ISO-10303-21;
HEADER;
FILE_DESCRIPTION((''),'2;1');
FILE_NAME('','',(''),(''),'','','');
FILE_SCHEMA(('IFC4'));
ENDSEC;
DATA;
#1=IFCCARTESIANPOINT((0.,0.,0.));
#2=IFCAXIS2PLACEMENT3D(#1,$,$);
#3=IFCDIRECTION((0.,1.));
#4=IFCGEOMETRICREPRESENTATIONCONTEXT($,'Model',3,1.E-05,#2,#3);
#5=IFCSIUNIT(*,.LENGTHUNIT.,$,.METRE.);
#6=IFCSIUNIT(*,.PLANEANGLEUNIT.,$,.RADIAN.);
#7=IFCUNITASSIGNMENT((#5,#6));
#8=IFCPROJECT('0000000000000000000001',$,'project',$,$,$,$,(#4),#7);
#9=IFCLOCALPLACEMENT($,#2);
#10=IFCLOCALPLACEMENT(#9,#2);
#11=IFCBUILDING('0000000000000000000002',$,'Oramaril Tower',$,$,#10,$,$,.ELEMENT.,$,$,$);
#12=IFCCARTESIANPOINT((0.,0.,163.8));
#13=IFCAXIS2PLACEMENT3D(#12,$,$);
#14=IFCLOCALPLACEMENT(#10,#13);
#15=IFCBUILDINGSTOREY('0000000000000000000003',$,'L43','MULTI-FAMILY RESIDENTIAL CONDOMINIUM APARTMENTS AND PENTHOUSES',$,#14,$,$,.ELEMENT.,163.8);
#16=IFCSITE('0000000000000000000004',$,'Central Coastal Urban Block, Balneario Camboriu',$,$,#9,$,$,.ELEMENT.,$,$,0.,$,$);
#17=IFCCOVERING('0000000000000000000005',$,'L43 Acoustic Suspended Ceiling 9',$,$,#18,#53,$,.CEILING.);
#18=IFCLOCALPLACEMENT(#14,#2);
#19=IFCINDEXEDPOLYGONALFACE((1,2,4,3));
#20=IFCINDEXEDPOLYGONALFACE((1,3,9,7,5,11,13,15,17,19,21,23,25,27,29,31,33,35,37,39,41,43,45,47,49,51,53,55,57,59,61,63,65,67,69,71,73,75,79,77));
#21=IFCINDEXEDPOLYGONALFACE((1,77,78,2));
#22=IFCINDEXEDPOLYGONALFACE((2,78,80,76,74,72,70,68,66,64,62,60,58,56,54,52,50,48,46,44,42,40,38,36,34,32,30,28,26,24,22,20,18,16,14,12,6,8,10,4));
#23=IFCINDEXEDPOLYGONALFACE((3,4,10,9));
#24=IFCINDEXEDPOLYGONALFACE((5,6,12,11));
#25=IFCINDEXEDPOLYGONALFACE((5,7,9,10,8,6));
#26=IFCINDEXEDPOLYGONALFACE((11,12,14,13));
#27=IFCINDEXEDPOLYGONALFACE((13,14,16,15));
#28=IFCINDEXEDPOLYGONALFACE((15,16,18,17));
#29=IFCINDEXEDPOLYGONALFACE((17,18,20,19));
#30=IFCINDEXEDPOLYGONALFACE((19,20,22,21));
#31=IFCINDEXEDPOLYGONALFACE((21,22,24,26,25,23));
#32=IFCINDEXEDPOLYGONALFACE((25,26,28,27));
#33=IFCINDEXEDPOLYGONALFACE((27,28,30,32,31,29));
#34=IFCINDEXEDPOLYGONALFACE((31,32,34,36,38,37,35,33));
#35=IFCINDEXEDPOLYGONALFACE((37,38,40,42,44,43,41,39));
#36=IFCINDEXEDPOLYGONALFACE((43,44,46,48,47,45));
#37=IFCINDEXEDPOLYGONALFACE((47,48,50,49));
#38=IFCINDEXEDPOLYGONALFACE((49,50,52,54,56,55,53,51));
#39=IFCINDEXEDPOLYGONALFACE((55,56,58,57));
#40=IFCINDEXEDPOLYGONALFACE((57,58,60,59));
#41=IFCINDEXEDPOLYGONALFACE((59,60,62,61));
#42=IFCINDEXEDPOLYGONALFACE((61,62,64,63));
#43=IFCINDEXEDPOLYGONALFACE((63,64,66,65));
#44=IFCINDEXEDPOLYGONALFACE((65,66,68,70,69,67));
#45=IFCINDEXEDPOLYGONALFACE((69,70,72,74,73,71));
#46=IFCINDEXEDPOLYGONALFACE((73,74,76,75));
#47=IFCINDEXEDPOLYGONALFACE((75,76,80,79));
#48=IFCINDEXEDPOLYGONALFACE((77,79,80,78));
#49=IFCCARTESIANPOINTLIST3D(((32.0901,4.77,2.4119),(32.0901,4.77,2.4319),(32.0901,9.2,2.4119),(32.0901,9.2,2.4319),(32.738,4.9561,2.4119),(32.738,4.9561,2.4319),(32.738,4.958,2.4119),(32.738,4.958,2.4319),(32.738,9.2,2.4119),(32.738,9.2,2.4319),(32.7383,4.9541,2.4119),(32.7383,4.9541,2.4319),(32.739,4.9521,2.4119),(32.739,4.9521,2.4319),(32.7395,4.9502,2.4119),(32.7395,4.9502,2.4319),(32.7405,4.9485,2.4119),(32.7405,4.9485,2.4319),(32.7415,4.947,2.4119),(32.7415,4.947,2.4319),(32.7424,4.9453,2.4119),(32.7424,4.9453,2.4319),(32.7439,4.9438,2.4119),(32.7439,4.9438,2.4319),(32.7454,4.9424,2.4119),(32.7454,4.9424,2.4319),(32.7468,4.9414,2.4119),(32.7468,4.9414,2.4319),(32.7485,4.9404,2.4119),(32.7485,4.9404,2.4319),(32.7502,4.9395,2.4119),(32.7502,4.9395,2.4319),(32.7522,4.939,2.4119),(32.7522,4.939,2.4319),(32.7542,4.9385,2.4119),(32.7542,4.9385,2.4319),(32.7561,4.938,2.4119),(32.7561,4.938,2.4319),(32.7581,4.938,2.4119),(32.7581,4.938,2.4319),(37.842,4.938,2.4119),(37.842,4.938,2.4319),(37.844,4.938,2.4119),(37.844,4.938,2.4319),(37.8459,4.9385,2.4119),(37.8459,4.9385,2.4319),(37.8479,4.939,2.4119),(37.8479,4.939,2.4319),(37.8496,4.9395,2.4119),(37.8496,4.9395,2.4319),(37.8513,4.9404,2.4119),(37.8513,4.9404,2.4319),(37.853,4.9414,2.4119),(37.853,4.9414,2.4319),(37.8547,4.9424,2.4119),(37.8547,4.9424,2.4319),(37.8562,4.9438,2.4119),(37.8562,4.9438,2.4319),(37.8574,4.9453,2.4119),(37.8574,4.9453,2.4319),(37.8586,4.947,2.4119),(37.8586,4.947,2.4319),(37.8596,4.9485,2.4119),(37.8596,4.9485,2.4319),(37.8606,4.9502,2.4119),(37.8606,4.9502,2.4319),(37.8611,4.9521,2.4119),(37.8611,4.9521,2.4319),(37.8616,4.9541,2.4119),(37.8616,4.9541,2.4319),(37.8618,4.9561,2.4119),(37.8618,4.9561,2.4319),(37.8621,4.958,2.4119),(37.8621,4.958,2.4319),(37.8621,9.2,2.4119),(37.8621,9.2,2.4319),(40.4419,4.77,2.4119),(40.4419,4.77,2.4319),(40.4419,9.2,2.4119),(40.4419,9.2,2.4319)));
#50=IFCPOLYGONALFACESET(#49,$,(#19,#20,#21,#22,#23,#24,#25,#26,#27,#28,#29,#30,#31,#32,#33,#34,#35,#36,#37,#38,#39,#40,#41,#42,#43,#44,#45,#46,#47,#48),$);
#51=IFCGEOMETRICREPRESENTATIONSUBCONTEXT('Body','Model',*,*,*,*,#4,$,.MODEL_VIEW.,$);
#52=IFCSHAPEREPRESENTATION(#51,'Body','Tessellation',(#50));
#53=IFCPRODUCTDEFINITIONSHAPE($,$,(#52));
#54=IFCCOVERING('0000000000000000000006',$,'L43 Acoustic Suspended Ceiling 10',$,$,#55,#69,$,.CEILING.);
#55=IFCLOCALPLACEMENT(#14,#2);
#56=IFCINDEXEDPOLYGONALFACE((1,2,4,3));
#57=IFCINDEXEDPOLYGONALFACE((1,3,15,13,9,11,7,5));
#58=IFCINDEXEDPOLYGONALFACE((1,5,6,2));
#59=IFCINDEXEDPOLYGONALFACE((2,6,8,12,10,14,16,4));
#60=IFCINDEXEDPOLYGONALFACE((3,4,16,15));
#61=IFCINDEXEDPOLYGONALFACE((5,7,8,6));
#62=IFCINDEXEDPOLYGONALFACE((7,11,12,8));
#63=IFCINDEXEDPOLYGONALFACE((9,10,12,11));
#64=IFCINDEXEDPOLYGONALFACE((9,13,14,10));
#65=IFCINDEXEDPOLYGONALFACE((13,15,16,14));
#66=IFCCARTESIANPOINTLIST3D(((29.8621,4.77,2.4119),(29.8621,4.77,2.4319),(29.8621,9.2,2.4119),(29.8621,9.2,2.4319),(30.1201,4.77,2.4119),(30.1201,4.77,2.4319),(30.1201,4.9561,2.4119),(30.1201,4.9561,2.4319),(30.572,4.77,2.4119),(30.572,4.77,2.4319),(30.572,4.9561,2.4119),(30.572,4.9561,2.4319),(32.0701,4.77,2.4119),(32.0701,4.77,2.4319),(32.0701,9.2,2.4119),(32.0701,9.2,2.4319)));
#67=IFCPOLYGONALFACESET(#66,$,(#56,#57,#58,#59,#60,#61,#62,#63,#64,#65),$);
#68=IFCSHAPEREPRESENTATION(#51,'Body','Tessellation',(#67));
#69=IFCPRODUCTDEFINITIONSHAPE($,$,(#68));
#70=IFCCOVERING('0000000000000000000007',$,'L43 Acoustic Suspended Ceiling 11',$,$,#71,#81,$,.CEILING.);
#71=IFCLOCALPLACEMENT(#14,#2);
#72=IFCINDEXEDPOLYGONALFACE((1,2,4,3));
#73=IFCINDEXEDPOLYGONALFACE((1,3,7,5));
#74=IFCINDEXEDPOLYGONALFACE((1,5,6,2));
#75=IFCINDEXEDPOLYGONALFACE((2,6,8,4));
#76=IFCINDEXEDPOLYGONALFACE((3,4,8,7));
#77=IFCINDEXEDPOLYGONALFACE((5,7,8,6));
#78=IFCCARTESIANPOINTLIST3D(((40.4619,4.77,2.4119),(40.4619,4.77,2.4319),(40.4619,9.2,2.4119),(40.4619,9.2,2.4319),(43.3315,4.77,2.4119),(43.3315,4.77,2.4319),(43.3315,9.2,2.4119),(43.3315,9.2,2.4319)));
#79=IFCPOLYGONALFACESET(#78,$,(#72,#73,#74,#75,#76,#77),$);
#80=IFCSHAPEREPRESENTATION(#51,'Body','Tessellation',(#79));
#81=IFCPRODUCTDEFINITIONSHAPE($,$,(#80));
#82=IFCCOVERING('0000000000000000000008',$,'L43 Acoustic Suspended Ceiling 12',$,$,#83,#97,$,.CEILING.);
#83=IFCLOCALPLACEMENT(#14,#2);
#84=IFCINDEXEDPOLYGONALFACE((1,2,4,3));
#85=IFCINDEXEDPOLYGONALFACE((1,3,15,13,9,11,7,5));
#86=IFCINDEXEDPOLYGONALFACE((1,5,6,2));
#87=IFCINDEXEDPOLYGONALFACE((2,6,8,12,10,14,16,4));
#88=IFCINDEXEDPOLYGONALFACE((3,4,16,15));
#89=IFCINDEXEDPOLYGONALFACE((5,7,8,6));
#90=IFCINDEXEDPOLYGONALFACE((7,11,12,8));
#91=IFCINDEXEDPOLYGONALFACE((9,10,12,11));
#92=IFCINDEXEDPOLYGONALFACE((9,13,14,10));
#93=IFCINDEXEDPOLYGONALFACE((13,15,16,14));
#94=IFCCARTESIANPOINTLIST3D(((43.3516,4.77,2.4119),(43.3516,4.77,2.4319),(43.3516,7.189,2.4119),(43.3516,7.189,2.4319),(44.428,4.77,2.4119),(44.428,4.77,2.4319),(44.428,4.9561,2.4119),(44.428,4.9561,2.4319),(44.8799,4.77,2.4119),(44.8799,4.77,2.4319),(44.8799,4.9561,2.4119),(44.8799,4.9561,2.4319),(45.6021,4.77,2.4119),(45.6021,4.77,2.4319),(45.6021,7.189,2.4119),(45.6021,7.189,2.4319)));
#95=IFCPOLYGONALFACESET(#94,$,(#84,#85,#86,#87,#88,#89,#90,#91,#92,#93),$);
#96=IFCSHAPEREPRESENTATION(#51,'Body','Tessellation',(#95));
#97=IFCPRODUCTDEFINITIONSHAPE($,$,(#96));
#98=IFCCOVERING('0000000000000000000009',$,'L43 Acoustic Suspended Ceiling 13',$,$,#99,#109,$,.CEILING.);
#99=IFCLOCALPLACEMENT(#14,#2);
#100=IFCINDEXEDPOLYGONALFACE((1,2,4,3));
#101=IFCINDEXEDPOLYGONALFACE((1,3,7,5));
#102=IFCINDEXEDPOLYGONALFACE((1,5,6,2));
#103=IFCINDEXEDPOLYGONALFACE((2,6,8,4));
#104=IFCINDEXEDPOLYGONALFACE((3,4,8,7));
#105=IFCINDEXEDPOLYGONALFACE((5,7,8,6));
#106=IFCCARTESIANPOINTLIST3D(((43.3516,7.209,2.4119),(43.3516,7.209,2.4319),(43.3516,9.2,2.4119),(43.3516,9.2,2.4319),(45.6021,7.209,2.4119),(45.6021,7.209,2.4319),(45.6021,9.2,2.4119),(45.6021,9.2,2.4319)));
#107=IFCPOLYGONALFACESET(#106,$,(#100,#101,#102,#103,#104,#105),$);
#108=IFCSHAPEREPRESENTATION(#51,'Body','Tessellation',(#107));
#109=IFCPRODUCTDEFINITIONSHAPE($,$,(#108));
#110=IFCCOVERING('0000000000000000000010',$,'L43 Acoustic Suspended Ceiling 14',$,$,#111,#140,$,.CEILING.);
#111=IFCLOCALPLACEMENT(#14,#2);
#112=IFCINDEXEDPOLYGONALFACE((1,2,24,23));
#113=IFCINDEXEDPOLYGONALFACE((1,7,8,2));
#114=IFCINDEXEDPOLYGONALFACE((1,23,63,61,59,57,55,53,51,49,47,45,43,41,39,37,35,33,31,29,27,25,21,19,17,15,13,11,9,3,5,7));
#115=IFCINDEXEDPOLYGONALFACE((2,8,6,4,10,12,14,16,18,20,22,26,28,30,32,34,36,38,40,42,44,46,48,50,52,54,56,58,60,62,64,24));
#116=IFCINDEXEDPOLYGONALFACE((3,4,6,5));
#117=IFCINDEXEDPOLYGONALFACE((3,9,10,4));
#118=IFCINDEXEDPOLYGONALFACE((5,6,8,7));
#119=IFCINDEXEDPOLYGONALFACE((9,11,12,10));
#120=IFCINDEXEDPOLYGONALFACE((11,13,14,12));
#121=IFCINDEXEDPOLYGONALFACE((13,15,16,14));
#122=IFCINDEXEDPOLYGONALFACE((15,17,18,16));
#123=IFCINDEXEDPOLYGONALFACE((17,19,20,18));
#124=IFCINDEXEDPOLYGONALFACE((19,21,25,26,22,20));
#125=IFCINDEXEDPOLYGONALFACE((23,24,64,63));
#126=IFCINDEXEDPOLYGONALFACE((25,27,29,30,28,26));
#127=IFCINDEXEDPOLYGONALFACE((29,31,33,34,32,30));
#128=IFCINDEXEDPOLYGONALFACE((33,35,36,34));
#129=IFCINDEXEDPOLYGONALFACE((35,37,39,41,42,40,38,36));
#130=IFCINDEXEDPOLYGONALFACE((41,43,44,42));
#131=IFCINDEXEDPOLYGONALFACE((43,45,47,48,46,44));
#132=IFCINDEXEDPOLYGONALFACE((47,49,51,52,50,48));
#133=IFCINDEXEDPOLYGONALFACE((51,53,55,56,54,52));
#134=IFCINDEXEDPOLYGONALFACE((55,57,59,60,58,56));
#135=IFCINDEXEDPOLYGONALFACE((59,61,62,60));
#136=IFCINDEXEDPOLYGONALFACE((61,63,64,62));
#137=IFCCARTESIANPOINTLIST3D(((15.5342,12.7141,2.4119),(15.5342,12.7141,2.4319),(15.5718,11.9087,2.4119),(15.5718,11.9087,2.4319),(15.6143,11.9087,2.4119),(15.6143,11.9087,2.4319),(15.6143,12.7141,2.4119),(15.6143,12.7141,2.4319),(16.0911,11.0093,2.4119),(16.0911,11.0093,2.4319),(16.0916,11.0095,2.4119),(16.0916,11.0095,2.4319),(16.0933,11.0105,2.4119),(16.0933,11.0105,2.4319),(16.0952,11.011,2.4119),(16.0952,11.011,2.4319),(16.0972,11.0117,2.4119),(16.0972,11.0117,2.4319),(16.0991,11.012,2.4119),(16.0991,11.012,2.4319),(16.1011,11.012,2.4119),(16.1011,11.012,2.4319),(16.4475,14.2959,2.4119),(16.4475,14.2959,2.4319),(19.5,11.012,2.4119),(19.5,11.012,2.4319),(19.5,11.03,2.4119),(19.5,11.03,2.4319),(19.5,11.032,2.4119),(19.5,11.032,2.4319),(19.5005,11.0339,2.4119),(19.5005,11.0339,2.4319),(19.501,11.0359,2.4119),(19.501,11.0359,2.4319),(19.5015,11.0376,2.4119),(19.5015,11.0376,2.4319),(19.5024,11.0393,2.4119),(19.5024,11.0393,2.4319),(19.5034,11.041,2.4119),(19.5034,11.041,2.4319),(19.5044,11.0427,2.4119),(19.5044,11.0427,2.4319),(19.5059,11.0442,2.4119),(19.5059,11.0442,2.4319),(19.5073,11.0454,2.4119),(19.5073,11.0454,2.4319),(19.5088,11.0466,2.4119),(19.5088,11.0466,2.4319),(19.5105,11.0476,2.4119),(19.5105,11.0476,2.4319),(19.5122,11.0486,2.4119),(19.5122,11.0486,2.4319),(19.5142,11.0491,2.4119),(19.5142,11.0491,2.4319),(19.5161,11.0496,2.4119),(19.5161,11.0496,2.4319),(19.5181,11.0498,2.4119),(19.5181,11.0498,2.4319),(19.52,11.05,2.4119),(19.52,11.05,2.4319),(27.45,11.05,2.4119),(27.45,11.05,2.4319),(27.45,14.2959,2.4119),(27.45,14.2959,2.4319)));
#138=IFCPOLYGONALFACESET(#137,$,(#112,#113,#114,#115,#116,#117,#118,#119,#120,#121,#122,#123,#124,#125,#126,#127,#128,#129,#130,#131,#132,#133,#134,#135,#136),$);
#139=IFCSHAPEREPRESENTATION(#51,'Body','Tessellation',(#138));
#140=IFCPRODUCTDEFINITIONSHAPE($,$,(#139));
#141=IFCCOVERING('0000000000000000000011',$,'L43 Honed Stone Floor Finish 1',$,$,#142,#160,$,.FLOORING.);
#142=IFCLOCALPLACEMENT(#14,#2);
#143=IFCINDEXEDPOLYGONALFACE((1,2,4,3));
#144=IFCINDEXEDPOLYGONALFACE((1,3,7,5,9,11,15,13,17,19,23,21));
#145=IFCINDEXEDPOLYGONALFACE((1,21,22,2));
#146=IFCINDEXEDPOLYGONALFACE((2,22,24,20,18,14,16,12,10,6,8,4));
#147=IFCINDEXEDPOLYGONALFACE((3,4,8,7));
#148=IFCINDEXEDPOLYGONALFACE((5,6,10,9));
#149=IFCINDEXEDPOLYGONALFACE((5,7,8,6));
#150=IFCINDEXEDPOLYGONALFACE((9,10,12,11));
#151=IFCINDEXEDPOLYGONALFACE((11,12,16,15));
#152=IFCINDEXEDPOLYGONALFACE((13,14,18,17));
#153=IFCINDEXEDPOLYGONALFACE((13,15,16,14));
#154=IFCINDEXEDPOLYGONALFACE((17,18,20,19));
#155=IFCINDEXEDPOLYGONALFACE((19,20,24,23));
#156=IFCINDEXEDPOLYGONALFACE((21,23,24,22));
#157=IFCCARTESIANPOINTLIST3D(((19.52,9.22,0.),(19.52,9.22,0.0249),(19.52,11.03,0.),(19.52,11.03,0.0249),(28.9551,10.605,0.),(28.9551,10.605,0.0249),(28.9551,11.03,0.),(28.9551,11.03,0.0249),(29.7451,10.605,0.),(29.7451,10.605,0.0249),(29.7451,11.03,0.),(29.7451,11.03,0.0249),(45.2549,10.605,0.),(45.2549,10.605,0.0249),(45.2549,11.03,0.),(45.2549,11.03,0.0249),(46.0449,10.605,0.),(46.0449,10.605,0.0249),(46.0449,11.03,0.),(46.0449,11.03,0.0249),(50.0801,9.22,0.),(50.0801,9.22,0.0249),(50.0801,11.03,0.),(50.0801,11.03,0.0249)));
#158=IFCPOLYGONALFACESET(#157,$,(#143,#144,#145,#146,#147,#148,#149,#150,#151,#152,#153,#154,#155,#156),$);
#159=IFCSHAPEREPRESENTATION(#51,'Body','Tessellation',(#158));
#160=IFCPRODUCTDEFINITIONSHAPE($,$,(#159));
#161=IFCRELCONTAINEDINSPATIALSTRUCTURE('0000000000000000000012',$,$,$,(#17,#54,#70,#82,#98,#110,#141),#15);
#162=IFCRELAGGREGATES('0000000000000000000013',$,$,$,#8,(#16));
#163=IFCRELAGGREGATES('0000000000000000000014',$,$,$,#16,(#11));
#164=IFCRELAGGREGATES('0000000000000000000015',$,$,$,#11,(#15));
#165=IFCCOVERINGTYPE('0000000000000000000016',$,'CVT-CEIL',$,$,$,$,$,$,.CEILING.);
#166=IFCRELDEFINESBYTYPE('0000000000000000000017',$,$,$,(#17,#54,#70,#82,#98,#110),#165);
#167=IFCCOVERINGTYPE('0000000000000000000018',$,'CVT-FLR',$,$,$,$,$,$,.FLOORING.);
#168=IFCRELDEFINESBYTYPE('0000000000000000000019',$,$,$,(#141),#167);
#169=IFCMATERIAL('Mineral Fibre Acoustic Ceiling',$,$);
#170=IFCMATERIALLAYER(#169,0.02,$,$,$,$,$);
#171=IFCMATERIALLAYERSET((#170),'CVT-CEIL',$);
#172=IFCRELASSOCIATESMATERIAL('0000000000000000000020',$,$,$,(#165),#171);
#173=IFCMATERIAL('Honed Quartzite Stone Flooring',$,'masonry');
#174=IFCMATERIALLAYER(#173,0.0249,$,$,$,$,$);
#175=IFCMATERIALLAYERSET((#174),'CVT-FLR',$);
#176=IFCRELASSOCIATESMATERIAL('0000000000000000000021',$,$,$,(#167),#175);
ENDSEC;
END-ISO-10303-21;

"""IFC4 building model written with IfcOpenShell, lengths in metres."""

from ifc_helpers import new_model, si_unit, direction, frame, origin, place, context, subcontext, project, spatial, polyline, outline, extrude, material, layer, layer_set, type_object, element, save


model = new_model("IFC4")

# Units and contexts
model_context = context("Model", 3, precision=1e-05, world=origin(), true_north=direction((0.0, 1.0)))
body_context = subcontext(model_context, "Body", "Model", "MODEL_VIEW")
ifc_project = project(units=[si_unit("LENGTHUNIT", "METRE"), si_unit("PLANEANGLEUNIT", "RADIAN")], contexts=[model_context])

# Site, building, storey
site_placement = place(None, origin())
site = spatial("IfcSite", under=ifc_project, at=site_placement, Name="Central Coastal Urban Block, Balneario Camboriu", CompositionType="ELEMENT", RefElevation=0.0)
building_placement = place(site_placement, origin())
building = spatial("IfcBuilding", under=site, at=building_placement, Name="Oramaril Tower", CompositionType="ELEMENT")
storey_placement = place(building_placement, frame((0.0, 0.0, 163.8)))
storey = spatial("IfcBuildingStorey", under=building, at=storey_placement, Name="L43", Description="MULTI-FAMILY RESIDENTIAL CONDOMINIUM APARTMENTS AND PENTHOUSES", CompositionType="ELEMENT", Elevation=163.8)

# Coverings
ifc_material_1 = material(Name="Mineral Fibre Acoustic Ceiling")
ifc_layer_1 = layer(ifc_material_1, 0.02)
ifc_layer_set_1 = layer_set([ifc_layer_1], Name="CVT-CEIL")
covering_type_1 = type_object("IfcCoveringType", Name="CVT-CEIL", PredefinedType="CEILING", material=ifc_layer_set_1)
covering_1_placement = place(storey_placement, frame((0.0, 0.0, 2.4119)))
element("IfcCovering", 1, at=covering_1_placement, inside=storey, type_object=covering_type_1, Name="L43 Acoustic Suspended Ceiling 9", PredefinedType="CEILING", context=body_context, shape_type="SweptSolid", body=[
    extrude(outline(polyline([(40.4419, 4.77), (32.0901, 4.77), (32.0901, 9.2), (32.738, 9.2), (32.738, 4.958), (32.738, 4.9561), (32.7383, 4.9541), (32.739, 4.9521), (32.7395, 4.9502), (32.7405, 4.9485), (32.7415, 4.947), (32.7424, 4.9453), (32.7439, 4.9438), (32.7454, 4.9424), (32.7468, 4.9414), (32.7485, 4.9404), (32.7502, 4.9395), (32.7522, 4.939), (32.7542, 4.9385), (32.7561, 4.938), (32.7581, 4.938), (37.842, 4.938), (37.844, 4.938), (37.8459, 4.9385), (37.8479, 4.939), (37.8496, 4.9395), (37.8513, 4.9404), (37.853, 4.9414), (37.8547, 4.9424), (37.8562, 4.9438), (37.8574, 4.9453), (37.8586, 4.947), (37.8596, 4.9485), (37.8606, 4.9502), (37.8611, 4.9521), (37.8616, 4.9541), (37.8618, 4.9561), (37.8621, 4.958), (37.8621, 9.2), (40.4419, 9.2), (40.4419, 4.77)])), origin(), (0.0, 0.0, 1.0), 0.02),
])
covering_2_placement = place(storey_placement, frame((0.0, 0.0, 2.4119)))
element("IfcCovering", 2, at=covering_2_placement, inside=storey, type_object=covering_type_1, Name="L43 Acoustic Suspended Ceiling 10", PredefinedType="CEILING", context=body_context, shape_type="SweptSolid", body=[
    extrude(outline(polyline([(30.572, 4.77), (30.572, 4.9561), (30.1201, 4.9561), (30.1201, 4.77), (29.8621, 4.77), (29.8621, 9.2), (32.0701, 9.2), (32.0701, 4.77), (30.572, 4.77)])), origin(), (0.0, 0.0, 1.0), 0.02),
])
covering_3_placement = place(storey_placement, frame((0.0, 0.0, 2.4119)))
element("IfcCovering", 3, at=covering_3_placement, inside=storey, type_object=covering_type_1, Name="L43 Acoustic Suspended Ceiling 11", PredefinedType="CEILING", context=body_context, shape_type="SweptSolid", body=[
    extrude(outline(polyline([(43.3315, 4.77), (40.4619, 4.77), (40.4619, 9.2), (43.3315, 9.2), (43.3315, 4.77)])), origin(), (0.0, 0.0, 1.0), 0.02),
])
covering_4_placement = place(storey_placement, frame((0.0, 0.0, 2.4119)))
element("IfcCovering", 4, at=covering_4_placement, inside=storey, type_object=covering_type_1, Name="L43 Acoustic Suspended Ceiling 12", PredefinedType="CEILING", context=body_context, shape_type="SweptSolid", body=[
    extrude(outline(polyline([(44.8799, 4.9561), (44.428, 4.9561), (44.428, 4.77), (43.3516, 4.77), (43.3516, 7.189), (45.6021, 7.189), (45.6021, 4.77), (44.8799, 4.77), (44.8799, 4.9561)])), origin(), (0.0, 0.0, 1.0), 0.02),
])
covering_5_placement = place(storey_placement, frame((0.0, 0.0, 2.4119)))
element("IfcCovering", 5, at=covering_5_placement, inside=storey, type_object=covering_type_1, Name="L43 Acoustic Suspended Ceiling 13", PredefinedType="CEILING", context=body_context, shape_type="SweptSolid", body=[
    extrude(outline(polyline([(45.6021, 7.209), (43.3516, 7.209), (43.3516, 9.2), (45.6021, 9.2), (45.6021, 7.209)])), origin(), (0.0, 0.0, 1.0), 0.02),
])
covering_6_placement = place(storey_placement, frame((0.0, 0.0, 2.4119)))
element("IfcCovering", 6, at=covering_6_placement, inside=storey, type_object=covering_type_1, Name="L43 Acoustic Suspended Ceiling 14", PredefinedType="CEILING", context=body_context, shape_type="SweptSolid", body=[
    extrude(outline(polyline([(15.5718, 11.9087), (15.6143, 11.9087), (15.6143, 12.7141), (15.5342, 12.7141), (16.4475, 14.2959), (27.45, 14.2959), (27.45, 11.05), (19.52, 11.05), (19.5181, 11.0498), (19.5161, 11.0496), (19.5142, 11.0491), (19.5122, 11.0486), (19.5105, 11.0476), (19.5088, 11.0466), (19.5073, 11.0454), (19.5059, 11.0442), (19.5044, 11.0427), (19.5034, 11.041), (19.5024, 11.0393), (19.5015, 11.0376), (19.501, 11.0359), (19.5005, 11.0339), (19.5, 11.032), (19.5, 11.03), (19.5, 11.012), (16.1011, 11.012), (16.0991, 11.012), (16.0972, 11.0117), (16.0952, 11.011), (16.0933, 11.0105), (16.0916, 11.0095), (16.0911, 11.0093), (15.5718, 11.9087)])), origin(), (0.0, 0.0, 1.0), 0.02),
])
ifc_material_2 = material(Name="Honed Quartzite Stone Flooring", Category="masonry")
ifc_layer_2 = layer(ifc_material_2, 0.0249)
ifc_layer_set_2 = layer_set([ifc_layer_2], Name="CVT-FLR")
covering_type_2 = type_object("IfcCoveringType", Name="CVT-FLR", PredefinedType="FLOORING", material=ifc_layer_set_2)
covering_7_placement = place(storey_placement, origin())
element("IfcCovering", 7, at=covering_7_placement, inside=storey, type_object=covering_type_2, Name="L43 Honed Stone Floor Finish 1", PredefinedType="FLOORING", context=body_context, shape_type="SweptSolid", body=[
    extrude(outline(polyline([(28.9551, 10.605), (29.7451, 10.605), (29.7451, 11.03), (45.2549, 11.03), (45.2549, 10.605), (46.0449, 10.605), (46.0449, 11.03), (50.0801, 11.03), (50.0801, 9.22), (19.52, 9.22), (19.52, 11.03), (28.9551, 11.03), (28.9551, 10.605)])), origin(), (0.0, 0.0, 1.0), 0.0249),
])

save(model, "model.ifc")
